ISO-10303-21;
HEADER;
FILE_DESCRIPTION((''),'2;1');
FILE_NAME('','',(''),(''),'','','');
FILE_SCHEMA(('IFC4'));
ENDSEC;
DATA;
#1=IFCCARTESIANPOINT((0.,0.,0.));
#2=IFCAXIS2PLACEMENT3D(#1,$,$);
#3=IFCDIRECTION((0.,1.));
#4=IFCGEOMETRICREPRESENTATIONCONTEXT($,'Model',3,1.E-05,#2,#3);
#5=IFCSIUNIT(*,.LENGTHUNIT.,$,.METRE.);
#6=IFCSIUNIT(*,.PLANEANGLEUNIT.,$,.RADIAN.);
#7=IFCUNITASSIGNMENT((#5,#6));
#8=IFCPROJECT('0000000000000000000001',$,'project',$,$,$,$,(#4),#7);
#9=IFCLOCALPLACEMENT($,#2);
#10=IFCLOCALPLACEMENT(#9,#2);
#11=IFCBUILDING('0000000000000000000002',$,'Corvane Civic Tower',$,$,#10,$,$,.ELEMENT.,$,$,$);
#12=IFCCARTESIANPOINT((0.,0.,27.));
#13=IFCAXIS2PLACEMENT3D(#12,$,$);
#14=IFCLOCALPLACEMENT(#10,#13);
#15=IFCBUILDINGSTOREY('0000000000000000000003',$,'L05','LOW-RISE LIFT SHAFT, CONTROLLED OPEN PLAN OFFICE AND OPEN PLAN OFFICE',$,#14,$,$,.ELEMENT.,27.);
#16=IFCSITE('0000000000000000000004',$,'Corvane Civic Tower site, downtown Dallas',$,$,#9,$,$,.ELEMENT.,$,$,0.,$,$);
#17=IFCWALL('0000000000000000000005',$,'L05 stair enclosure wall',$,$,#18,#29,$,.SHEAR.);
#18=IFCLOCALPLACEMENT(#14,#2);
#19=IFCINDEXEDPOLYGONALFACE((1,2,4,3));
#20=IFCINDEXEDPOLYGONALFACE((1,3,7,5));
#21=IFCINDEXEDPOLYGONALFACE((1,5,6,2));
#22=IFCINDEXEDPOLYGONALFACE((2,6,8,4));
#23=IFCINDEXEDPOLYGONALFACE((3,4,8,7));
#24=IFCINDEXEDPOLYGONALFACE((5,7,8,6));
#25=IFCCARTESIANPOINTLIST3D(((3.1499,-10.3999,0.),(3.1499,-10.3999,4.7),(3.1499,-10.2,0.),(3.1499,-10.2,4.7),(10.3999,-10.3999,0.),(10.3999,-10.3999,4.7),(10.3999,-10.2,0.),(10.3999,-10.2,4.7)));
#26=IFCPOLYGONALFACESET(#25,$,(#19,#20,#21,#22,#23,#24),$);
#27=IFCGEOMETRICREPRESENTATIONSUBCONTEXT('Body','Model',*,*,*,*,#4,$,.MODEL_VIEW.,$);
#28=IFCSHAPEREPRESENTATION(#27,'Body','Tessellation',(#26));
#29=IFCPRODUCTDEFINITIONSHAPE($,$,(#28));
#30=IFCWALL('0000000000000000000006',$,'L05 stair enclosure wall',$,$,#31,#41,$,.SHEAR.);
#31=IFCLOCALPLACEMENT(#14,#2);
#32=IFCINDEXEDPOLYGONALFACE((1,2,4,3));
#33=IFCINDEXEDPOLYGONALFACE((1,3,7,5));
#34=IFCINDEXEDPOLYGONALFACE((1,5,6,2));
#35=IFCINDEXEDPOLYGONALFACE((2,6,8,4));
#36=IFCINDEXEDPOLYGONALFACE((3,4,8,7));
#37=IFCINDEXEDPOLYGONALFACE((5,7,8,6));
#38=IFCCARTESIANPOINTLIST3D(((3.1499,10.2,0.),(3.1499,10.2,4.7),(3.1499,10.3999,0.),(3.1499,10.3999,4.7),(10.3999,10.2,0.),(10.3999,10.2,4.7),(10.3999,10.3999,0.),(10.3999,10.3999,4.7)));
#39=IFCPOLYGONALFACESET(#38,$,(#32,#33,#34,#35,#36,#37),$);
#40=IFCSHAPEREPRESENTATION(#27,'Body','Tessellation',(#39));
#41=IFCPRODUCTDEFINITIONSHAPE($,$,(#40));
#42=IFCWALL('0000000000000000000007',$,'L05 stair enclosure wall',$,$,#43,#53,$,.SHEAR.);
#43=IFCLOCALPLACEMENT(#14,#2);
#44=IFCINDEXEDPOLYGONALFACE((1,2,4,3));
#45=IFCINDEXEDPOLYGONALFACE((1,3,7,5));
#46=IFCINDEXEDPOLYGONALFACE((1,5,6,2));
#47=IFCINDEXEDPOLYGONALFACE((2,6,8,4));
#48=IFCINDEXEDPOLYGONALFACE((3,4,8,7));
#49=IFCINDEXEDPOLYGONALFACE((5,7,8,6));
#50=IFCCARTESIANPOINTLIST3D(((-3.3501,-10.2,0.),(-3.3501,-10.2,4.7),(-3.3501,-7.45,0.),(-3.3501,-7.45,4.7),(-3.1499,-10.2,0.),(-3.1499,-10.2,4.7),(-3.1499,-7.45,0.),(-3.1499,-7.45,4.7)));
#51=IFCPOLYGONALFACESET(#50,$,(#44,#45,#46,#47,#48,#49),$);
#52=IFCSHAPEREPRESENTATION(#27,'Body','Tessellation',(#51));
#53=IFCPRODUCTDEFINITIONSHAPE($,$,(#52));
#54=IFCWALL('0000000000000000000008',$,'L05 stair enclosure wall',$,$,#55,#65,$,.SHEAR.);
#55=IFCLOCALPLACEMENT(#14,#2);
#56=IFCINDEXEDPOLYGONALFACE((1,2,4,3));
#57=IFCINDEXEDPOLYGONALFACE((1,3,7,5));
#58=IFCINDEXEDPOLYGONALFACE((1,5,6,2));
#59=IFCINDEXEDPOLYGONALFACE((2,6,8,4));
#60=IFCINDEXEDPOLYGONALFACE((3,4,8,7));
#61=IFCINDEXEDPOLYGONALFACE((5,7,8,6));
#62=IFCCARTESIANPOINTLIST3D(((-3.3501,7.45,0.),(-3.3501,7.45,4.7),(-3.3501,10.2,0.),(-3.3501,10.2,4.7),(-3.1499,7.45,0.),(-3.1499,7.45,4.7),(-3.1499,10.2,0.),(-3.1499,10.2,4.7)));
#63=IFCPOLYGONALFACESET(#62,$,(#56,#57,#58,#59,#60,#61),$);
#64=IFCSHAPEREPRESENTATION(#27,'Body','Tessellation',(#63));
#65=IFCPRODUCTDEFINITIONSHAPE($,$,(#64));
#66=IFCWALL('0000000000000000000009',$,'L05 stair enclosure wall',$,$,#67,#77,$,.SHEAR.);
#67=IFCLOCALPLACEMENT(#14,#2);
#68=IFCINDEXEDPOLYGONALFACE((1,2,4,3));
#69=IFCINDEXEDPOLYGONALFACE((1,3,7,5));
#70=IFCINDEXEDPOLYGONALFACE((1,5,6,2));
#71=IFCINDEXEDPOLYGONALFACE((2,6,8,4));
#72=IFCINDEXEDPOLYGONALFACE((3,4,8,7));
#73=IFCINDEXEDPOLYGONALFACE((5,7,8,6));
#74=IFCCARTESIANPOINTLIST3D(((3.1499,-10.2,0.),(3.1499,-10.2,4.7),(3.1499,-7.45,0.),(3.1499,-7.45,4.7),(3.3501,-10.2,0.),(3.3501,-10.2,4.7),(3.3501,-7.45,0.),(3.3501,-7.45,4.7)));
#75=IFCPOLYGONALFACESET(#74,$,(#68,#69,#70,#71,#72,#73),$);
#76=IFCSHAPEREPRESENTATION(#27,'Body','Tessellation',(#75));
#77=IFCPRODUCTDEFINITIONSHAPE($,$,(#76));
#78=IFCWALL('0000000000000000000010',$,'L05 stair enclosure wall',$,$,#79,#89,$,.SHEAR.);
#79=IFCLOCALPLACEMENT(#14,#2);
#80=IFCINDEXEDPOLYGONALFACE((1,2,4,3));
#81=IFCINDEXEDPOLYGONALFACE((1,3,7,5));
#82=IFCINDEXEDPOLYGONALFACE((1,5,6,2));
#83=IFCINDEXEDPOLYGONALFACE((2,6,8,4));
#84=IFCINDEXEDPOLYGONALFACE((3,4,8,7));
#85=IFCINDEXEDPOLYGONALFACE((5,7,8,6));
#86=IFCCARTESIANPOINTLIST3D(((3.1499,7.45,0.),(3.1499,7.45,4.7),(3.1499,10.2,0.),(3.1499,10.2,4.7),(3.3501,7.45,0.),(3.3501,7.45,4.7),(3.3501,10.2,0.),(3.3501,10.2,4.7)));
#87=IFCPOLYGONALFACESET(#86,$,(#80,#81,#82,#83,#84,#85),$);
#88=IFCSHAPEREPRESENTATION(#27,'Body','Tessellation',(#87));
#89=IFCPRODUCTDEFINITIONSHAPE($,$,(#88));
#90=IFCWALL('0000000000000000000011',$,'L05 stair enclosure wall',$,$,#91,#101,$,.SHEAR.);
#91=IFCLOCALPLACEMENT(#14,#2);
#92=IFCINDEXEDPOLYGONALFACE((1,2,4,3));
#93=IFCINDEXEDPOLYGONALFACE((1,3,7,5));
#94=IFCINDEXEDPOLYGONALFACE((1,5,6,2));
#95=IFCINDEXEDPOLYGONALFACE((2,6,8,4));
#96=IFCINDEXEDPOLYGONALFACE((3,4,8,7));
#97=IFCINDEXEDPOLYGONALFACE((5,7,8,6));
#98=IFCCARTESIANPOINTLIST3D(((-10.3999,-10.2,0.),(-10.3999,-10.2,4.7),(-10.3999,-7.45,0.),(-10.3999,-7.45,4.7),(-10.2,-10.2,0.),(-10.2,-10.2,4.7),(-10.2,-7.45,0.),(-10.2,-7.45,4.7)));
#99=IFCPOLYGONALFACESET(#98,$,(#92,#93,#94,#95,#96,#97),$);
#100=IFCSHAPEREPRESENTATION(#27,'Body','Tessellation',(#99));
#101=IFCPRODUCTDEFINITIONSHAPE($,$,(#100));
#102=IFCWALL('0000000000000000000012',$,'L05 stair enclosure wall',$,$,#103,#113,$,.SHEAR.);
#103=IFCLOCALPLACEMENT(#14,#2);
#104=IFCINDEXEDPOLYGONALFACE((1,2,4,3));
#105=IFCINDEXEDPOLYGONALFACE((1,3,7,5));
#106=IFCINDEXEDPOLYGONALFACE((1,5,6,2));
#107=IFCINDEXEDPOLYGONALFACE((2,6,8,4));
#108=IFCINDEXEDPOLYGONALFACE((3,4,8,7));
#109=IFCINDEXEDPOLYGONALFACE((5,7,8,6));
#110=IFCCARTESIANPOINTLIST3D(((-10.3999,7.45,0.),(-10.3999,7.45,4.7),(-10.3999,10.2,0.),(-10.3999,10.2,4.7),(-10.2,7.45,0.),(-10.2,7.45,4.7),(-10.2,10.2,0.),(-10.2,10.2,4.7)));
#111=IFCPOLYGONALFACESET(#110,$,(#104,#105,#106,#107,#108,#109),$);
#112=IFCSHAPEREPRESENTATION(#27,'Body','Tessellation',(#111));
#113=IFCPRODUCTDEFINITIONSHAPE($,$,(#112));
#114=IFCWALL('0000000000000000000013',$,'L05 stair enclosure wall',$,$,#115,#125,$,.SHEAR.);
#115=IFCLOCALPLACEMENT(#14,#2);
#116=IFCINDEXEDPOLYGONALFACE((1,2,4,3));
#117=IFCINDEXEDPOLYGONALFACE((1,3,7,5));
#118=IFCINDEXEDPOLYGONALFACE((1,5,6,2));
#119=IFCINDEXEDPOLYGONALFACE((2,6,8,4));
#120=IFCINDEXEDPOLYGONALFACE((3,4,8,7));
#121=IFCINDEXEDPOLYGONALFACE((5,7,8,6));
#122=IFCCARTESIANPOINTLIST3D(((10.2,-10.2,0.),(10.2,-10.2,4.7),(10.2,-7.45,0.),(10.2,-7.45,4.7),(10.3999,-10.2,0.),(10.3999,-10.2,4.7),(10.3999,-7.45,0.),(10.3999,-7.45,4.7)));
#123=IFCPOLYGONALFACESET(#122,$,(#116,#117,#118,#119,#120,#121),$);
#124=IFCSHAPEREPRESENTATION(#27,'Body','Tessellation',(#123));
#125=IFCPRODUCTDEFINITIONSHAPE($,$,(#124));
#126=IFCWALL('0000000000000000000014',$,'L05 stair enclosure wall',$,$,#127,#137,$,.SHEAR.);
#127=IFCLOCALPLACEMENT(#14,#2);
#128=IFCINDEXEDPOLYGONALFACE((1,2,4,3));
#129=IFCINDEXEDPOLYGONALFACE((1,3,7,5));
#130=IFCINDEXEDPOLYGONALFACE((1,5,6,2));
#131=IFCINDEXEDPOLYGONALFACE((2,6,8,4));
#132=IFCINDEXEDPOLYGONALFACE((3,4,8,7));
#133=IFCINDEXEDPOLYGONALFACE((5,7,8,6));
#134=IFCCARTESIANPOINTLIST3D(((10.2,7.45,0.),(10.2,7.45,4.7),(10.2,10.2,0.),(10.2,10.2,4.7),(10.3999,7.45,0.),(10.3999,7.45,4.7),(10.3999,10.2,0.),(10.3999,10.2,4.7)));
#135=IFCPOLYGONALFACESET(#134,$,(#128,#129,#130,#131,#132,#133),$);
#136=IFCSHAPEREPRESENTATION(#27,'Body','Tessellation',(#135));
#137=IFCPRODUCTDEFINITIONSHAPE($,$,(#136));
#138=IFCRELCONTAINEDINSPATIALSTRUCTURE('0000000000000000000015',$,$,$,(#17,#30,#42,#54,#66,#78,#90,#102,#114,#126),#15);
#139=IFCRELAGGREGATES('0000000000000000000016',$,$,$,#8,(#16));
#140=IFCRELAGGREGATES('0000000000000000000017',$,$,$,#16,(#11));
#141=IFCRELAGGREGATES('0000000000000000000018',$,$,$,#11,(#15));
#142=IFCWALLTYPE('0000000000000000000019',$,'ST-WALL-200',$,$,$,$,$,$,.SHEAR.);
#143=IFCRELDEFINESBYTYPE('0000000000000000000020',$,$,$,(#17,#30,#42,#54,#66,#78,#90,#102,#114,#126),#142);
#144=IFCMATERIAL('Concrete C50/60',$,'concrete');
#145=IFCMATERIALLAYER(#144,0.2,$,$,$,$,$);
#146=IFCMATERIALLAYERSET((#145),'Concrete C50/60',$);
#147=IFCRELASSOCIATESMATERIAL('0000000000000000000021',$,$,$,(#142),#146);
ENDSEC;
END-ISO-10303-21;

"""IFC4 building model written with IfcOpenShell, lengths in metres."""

from ifc_helpers import new_model, si_unit, direction, frame, origin, place, context, subcontext, project, spatial, polyline, outline, extrude, material, layer, layer_set, type_object, element, save


model = new_model("IFC4")

# Units and contexts
model_context = context("Model", 3, precision=1e-05, world=origin(), true_north=direction((0.0, 1.0)))
body_context = subcontext(model_context, "Body", "Model", "MODEL_VIEW")
ifc_project = project(units=[si_unit("LENGTHUNIT", "METRE"), si_unit("PLANEANGLEUNIT", "RADIAN")], contexts=[model_context])

# Site, building, storey
site_placement = place(None, origin())
site = spatial("IfcSite", under=ifc_project, at=site_placement, Name="Corvane Civic Tower site, downtown Dallas", CompositionType="ELEMENT", RefElevation=0.0)
building_placement = place(site_placement, origin())
building = spatial("IfcBuilding", under=site, at=building_placement, Name="Corvane Civic Tower", CompositionType="ELEMENT")
storey_placement = place(building_placement, frame((0.0, 0.0, 27.0)))
storey = spatial("IfcBuildingStorey", under=building, at=storey_placement, Name="L05", Description="LOW-RISE LIFT SHAFT, CONTROLLED OPEN PLAN OFFICE AND OPEN PLAN OFFICE", CompositionType="ELEMENT", Elevation=27.0)

# Shared definitions
ifc_material_1 = material(Name="Concrete C50/60", Category="concrete")
ifc_layer_1 = layer(ifc_material_1, 0.2)
ifc_layer_set_1 = layer_set([ifc_layer_1], Name="Concrete C50/60")
wall_type_1 = type_object("IfcWallType", Name="ST-WALL-200", PredefinedType="SHEAR", material=ifc_layer_set_1)

# Walls
wall_1_placement = place(storey_placement, origin())
element("IfcWall", 1, at=wall_1_placement, inside=storey, type_object=wall_type_1, Name="L05 stair enclosure wall", PredefinedType="SHEAR", context=body_context, shape_type="SweptSolid", body=[
    extrude(outline(polyline([(10.3999, -10.3999), (3.1499, -10.3999), (3.1499, -10.2), (10.3999, -10.2), (10.3999, -10.3999)])), origin(), (0.0, 0.0, 1.0), 4.7),
])
wall_2_placement = place(storey_placement, origin())
element("IfcWall", 2, at=wall_2_placement, inside=storey, type_object=wall_type_1, Name="L05 stair enclosure wall", PredefinedType="SHEAR", context=body_context, shape_type="SweptSolid", body=[
    extrude(outline(polyline([(10.3999, 10.2), (3.1499, 10.2), (3.1499, 10.3999), (10.3999, 10.3999), (10.3999, 10.2)])), origin(), (0.0, 0.0, 1.0), 4.7),
])
wall_3_placement = place(storey_placement, origin())
element("IfcWall", 3, at=wall_3_placement, inside=storey, type_object=wall_type_1, Name="L05 stair enclosure wall", PredefinedType="SHEAR", context=body_context, shape_type="SweptSolid", body=[
    extrude(outline(polyline([(-3.1499, -7.45), (-3.1499, -10.2), (-3.3501, -10.2), (-3.3501, -7.45), (-3.1499, -7.45)])), origin(), (0.0, 0.0, 1.0), 4.7),
])
wall_4_placement = place(storey_placement, origin())
element("IfcWall", 4, at=wall_4_placement, inside=storey, type_object=wall_type_1, Name="L05 stair enclosure wall", PredefinedType="SHEAR", context=body_context, shape_type="SweptSolid", body=[
    extrude(outline(polyline([(-3.1499, 7.45), (-3.3501, 7.45), (-3.3501, 10.2), (-3.1499, 10.2), (-3.1499, 7.45)])), origin(), (0.0, 0.0, 1.0), 4.7),
])
wall_5_placement = place(storey_placement, origin())
element("IfcWall", 5, at=wall_5_placement, inside=storey, type_object=wall_type_1, Name="L05 stair enclosure wall", PredefinedType="SHEAR", context=body_context, shape_type="SweptSolid", body=[
    extrude(outline(polyline([(3.3501, -7.45), (3.3501, -10.2), (3.1499, -10.2), (3.1499, -7.45), (3.3501, -7.45)])), origin(), (0.0, 0.0, 1.0), 4.7),
])
wall_6_placement = place(storey_placement, origin())
element("IfcWall", 6, at=wall_6_placement, inside=storey, type_object=wall_type_1, Name="L05 stair enclosure wall", PredefinedType="SHEAR", context=body_context, shape_type="SweptSolid", body=[
    extrude(outline(polyline([(3.3501, 7.45), (3.1499, 7.45), (3.1499, 10.2), (3.3501, 10.2), (3.3501, 7.45)])), origin(), (0.0, 0.0, 1.0), 4.7),
])
wall_7_placement = place(storey_placement, origin())
element("IfcWall", 7, at=wall_7_placement, inside=storey, type_object=wall_type_1, Name="L05 stair enclosure wall", PredefinedType="SHEAR", context=body_context, shape_type="SweptSolid", body=[
    extrude(outline(polyline([(-10.2, -7.45), (-10.2, -10.2), (-10.3999, -10.2), (-10.3999, -7.45), (-10.2, -7.45)])), origin(), (0.0, 0.0, 1.0), 4.7),
])
wall_8_placement = place(storey_placement, origin())
element("IfcWall", 8, at=wall_8_placement, inside=storey, type_object=wall_type_1, Name="L05 stair enclosure wall", PredefinedType="SHEAR", context=body_context, shape_type="SweptSolid", body=[
    extrude(outline(polyline([(-10.2, 7.45), (-10.3999, 7.45), (-10.3999, 10.2), (-10.2, 10.2), (-10.2, 7.45)])), origin(), (0.0, 0.0, 1.0), 4.7),
])
wall_9_placement = place(storey_placement, origin())
element("IfcWall", 9, at=wall_9_placement, inside=storey, type_object=wall_type_1, Name="L05 stair enclosure wall", PredefinedType="SHEAR", context=body_context, shape_type="SweptSolid", body=[
    extrude(outline(polyline([(10.3999, -7.45), (10.3999, -10.2), (10.2, -10.2), (10.2, -7.45), (10.3999, -7.45)])), origin(), (0.0, 0.0, 1.0), 4.7),
])
wall_10_placement = place(storey_placement, origin())
element("IfcWall", 10, at=wall_10_placement, inside=storey, type_object=wall_type_1, Name="L05 stair enclosure wall", PredefinedType="SHEAR", context=body_context, shape_type="SweptSolid", body=[
    extrude(outline(polyline([(10.3999, 7.45), (10.2, 7.45), (10.2, 10.2), (10.3999, 10.2), (10.3999, 7.45)])), origin(), (0.0, 0.0, 1.0), 4.7),
])

save(model, "model.ifc")
